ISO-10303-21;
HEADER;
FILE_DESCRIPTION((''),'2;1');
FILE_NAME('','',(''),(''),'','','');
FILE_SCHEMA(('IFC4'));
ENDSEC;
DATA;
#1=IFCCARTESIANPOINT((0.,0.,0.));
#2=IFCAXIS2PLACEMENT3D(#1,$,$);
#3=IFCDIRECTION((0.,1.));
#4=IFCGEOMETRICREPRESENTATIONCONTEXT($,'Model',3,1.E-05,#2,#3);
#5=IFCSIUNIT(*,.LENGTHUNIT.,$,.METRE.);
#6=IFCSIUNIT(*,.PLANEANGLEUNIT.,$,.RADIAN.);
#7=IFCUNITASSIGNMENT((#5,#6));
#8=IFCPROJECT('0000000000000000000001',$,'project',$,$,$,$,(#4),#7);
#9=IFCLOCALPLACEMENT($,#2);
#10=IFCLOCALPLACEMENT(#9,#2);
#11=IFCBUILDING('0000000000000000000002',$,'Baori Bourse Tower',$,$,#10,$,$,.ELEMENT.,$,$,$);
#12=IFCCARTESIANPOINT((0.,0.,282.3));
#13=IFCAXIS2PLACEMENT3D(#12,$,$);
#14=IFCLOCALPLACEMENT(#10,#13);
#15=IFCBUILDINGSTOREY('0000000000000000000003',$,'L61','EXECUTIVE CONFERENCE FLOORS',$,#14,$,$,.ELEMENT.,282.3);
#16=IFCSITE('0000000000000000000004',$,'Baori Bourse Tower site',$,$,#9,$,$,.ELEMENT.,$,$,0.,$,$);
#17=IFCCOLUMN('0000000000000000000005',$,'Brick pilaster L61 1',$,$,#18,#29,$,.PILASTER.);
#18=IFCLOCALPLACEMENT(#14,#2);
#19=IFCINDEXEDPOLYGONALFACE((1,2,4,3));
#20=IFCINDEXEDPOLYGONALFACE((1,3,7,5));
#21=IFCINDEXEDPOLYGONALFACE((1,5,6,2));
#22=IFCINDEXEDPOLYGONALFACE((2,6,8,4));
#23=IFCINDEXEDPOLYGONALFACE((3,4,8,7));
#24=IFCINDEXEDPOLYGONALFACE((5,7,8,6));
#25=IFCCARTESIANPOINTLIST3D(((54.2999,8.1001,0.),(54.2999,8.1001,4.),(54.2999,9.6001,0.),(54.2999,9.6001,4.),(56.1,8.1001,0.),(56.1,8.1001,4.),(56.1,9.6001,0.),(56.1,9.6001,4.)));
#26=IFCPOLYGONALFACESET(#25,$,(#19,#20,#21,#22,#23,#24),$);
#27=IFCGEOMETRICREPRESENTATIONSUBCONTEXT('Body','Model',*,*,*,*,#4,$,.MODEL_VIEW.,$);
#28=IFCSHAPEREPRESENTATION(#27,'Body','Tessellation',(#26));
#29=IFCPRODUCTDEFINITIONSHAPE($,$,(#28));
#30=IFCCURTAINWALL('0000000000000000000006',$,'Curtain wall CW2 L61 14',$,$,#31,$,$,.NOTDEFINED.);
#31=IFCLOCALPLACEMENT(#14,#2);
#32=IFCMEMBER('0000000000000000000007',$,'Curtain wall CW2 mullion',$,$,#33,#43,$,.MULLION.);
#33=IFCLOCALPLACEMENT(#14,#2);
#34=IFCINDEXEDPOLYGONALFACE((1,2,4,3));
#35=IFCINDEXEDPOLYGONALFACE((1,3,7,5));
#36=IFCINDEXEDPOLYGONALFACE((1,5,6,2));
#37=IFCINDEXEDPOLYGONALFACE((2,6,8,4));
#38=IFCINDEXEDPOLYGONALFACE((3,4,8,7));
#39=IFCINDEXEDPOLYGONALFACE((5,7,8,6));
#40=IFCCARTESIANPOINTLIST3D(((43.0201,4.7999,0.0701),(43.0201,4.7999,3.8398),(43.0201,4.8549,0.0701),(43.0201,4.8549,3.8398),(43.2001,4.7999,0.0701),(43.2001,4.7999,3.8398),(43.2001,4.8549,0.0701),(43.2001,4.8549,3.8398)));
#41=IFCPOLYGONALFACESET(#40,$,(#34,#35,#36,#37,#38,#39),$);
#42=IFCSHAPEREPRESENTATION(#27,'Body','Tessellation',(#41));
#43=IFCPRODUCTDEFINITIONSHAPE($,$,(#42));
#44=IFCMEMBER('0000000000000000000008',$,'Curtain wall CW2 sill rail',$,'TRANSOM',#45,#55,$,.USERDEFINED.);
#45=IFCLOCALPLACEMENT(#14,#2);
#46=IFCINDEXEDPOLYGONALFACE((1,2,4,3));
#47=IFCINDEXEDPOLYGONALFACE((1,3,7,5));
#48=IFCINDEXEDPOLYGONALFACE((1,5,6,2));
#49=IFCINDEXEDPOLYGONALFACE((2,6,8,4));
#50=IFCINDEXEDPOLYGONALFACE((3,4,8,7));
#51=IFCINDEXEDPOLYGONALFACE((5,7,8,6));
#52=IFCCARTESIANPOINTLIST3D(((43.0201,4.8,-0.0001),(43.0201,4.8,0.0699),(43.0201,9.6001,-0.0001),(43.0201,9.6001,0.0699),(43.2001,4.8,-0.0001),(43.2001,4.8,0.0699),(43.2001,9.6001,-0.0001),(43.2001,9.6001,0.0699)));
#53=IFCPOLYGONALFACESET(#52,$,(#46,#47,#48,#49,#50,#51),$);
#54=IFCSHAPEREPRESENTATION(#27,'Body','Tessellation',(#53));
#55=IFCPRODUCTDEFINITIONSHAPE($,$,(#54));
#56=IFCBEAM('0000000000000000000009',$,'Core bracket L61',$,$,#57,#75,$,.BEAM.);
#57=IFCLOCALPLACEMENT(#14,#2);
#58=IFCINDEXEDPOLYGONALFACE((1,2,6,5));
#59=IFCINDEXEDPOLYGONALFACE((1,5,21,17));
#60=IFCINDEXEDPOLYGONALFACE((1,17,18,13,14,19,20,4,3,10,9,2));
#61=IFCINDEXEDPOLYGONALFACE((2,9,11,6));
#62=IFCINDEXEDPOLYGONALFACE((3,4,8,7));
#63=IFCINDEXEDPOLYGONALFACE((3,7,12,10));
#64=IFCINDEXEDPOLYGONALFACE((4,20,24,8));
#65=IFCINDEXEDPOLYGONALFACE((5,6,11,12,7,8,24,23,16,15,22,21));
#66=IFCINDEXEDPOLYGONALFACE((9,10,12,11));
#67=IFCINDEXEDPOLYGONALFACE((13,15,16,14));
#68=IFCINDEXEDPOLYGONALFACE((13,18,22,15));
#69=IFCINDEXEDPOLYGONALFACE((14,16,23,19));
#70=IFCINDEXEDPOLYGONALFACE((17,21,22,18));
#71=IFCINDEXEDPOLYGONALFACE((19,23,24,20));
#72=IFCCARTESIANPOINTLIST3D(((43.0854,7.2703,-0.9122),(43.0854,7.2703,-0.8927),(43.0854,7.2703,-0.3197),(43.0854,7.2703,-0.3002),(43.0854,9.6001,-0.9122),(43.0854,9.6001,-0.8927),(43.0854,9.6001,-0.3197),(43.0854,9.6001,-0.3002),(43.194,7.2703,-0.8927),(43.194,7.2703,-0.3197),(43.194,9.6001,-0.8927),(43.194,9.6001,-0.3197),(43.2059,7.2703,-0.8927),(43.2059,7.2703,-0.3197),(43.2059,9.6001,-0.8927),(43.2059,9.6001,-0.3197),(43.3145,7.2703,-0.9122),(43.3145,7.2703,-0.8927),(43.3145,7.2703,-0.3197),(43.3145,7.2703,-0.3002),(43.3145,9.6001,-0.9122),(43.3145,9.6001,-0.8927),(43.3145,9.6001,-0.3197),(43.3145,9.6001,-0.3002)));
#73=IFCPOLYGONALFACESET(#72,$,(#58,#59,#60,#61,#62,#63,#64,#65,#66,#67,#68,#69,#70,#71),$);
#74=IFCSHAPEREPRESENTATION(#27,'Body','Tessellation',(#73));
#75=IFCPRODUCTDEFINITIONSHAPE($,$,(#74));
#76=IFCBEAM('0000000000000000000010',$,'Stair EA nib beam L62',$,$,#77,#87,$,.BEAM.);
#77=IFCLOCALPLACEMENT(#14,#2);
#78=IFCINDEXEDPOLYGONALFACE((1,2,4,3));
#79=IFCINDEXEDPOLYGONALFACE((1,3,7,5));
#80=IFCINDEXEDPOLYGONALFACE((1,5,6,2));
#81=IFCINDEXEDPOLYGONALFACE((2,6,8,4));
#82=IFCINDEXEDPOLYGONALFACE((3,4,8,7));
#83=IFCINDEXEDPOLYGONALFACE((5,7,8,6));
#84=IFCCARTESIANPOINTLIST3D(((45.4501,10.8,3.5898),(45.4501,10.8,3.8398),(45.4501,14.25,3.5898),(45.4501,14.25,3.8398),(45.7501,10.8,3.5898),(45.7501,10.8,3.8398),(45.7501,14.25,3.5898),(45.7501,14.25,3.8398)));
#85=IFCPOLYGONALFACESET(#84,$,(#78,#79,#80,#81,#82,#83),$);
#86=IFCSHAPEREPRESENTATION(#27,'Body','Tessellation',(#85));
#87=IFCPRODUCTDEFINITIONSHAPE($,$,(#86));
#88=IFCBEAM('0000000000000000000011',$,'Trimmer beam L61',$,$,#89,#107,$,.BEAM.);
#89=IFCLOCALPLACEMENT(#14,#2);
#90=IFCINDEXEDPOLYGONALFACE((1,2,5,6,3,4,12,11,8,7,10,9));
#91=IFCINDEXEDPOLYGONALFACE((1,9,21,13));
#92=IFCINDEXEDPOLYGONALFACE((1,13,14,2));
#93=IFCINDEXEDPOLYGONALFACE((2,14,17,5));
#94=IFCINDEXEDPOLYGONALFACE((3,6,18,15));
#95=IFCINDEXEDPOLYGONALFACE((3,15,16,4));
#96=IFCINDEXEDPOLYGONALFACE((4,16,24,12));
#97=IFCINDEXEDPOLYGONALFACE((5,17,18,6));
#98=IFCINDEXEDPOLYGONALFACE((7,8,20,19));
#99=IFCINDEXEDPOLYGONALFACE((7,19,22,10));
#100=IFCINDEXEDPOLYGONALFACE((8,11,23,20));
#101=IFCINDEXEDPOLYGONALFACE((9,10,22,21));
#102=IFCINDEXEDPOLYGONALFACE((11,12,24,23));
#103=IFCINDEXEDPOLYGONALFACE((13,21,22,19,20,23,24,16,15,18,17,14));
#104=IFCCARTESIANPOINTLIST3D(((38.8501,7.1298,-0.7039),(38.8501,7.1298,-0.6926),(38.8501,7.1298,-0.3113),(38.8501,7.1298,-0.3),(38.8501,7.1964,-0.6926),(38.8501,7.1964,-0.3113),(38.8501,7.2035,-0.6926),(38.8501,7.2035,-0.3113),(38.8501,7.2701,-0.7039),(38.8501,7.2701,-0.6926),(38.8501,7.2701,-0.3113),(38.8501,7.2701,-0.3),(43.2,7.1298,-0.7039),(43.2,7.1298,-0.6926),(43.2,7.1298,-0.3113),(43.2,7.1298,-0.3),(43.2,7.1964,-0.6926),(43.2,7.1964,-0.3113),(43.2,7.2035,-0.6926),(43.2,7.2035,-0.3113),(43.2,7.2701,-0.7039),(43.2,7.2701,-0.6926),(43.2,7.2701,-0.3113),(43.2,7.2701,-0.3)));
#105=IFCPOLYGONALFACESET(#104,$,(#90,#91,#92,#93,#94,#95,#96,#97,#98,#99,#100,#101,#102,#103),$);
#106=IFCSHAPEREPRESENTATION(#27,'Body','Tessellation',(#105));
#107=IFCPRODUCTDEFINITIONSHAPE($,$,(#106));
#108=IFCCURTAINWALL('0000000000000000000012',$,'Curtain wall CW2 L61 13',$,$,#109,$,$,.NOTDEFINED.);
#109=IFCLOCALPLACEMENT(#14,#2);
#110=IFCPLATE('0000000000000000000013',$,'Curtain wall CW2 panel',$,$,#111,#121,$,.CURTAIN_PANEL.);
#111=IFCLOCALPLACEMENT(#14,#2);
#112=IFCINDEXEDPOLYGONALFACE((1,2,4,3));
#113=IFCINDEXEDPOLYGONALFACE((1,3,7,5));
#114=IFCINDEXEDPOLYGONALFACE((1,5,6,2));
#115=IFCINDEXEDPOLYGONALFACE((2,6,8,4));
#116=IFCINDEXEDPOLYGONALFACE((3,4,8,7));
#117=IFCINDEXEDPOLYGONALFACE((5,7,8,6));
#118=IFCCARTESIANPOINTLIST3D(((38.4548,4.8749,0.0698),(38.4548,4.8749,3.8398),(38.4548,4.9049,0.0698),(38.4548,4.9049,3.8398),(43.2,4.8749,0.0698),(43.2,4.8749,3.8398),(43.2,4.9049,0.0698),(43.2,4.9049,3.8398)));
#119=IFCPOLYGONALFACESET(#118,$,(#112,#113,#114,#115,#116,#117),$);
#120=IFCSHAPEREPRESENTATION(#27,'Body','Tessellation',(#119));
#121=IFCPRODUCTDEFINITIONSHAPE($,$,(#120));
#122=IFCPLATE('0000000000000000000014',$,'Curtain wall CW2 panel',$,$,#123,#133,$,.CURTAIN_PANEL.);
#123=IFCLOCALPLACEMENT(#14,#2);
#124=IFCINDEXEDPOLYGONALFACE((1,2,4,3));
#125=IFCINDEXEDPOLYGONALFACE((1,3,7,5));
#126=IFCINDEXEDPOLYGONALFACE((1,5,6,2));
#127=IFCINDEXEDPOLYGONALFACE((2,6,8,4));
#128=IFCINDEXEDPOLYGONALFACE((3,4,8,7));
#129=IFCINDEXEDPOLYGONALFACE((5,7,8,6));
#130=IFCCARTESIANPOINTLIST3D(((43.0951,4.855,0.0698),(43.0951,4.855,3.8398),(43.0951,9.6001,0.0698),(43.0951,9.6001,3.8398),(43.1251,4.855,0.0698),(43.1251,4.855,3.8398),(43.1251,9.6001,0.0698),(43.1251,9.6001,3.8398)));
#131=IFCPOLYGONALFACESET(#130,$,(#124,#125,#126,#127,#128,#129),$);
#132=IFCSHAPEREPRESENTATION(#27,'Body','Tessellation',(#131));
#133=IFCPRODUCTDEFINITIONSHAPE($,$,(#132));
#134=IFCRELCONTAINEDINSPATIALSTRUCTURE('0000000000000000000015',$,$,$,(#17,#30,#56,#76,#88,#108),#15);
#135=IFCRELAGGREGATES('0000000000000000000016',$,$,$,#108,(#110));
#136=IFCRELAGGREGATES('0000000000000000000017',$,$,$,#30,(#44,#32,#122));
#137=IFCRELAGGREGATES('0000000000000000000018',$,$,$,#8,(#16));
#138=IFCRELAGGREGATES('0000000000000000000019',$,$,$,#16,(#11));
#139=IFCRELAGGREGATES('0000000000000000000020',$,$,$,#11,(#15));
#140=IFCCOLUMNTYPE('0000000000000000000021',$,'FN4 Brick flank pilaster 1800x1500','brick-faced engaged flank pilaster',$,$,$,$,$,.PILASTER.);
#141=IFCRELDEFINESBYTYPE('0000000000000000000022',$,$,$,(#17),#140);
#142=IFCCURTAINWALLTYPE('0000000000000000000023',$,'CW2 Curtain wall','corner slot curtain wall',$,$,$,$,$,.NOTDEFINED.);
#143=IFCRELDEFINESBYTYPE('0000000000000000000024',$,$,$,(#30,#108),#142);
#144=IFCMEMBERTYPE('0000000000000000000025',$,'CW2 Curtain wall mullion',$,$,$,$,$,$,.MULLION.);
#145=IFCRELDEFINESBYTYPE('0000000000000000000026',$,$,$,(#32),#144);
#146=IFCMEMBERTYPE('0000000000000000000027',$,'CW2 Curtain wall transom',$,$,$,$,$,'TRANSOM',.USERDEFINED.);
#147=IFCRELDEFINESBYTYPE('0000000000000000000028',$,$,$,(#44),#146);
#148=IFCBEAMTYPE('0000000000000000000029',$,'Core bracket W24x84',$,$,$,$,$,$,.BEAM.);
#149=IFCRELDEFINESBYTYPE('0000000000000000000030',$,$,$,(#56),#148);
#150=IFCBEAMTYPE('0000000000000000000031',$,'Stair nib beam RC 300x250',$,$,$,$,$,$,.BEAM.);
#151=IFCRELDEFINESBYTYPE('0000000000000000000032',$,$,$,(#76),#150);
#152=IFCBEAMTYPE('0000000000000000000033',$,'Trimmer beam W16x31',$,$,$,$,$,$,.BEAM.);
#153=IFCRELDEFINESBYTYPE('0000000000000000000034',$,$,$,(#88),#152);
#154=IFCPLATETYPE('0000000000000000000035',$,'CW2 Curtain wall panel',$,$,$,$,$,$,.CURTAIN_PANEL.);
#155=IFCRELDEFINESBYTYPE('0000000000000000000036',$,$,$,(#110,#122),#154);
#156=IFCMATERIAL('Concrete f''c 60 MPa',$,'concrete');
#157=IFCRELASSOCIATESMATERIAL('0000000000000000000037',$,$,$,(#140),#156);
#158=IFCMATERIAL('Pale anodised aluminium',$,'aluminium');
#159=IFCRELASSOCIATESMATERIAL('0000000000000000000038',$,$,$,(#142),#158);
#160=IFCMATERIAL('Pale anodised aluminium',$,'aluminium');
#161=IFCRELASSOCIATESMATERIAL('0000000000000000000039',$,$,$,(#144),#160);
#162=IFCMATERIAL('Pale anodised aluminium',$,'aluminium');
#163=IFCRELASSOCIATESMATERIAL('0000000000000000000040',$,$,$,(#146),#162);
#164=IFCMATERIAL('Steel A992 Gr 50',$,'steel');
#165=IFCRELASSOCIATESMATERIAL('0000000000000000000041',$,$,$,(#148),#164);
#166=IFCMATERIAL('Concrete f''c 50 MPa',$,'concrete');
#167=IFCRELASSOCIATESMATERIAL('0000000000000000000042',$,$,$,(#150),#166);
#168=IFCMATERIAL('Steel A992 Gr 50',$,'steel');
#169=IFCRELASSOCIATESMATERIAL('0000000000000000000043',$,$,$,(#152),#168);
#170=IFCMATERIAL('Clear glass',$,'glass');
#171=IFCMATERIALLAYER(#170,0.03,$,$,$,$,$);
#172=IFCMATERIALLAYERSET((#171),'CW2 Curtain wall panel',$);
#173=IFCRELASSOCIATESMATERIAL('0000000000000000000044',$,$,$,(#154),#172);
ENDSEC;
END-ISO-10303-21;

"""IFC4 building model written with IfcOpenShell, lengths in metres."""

from ifc_helpers import new_model, si_unit, direction, frame, origin, origin_2d, place, context, subcontext, project, spatial, rectangle, i_section, extrude, material, layer, layer_set, material_profile, profile_set, type_object, element, aggregate, save


model = new_model("IFC4")

# Units and contexts
model_context = context("Model", 3, precision=1e-05, world=origin(), true_north=direction((0.0, 1.0)))
body_context = subcontext(model_context, "Body", "Model", "MODEL_VIEW")
ifc_project = project(units=[si_unit("LENGTHUNIT", "METRE"), si_unit("PLANEANGLEUNIT", "RADIAN")], contexts=[model_context])

# Site, building, storey
site_placement = place(None, origin())
site = spatial("IfcSite", under=ifc_project, at=site_placement, Name="Baori Bourse Tower site", CompositionType="ELEMENT", RefElevation=0.0)
building_placement = place(site_placement, origin())
building = spatial("IfcBuilding", under=site, at=building_placement, Name="Baori Bourse Tower", CompositionType="ELEMENT")
storey_placement = place(building_placement, frame((0.0, 0.0, 282.3)))
storey = spatial("IfcBuildingStorey", under=building, at=storey_placement, Name="L61", Description="EXECUTIVE CONFERENCE FLOORS", CompositionType="ELEMENT", Elevation=282.3)

# Column
ifc_material_1 = material(Name="Concrete f'c 60 MPa", Category="concrete")
ifc_material_profile_1 = material_profile(ifc_material_1, rectangle(XDim=1.8, YDim=1.5, at=origin_2d()), Name="RC 1800x1500")
ifc_profile_set_1 = profile_set([ifc_material_profile_1], Name="Concrete f'c 60 MPa")
column_type = type_object("IfcColumnType", Name="FN4 Brick flank pilaster 1800x1500", Description="brick-faced engaged flank pilaster", PredefinedType="PILASTER", material=ifc_profile_set_1)
column_placement = place(storey_placement, frame((55.2, 8.8501, 0.0), z_axis=(0.0, 0.0, 1.0), x_axis=(1.0, 0.0, 0.0)))
element("IfcColumn", 1, at=column_placement, inside=storey, type_object=column_type, Name="Brick pilaster L61 1", PredefinedType="PILASTER", context=body_context, shape_type="SweptSolid", body=[
    extrude(rectangle(XDim=1.8, YDim=1.5, at=origin_2d()), origin(), (0.0, 0.0, 1.0), 4.0),
])

# Curtain wall, members
ifc_material_2 = material(Name="Pale anodised aluminium", Category="aluminium")
curtain_wall_type = type_object("IfcCurtainWallType", Name="CW2 Curtain wall", Description="corner slot curtain wall", PredefinedType="NOTDEFINED", material=ifc_material_2)
curtain_wall_1_placement = place(storey_placement, origin())
curtain_wall_1 = element("IfcCurtainWall", 2, at=curtain_wall_1_placement, inside=storey, type_object=curtain_wall_type, Name="Curtain wall CW2 L61 14", PredefinedType="NOTDEFINED")
ifc_material_3 = material(Name="Pale anodised aluminium", Category="aluminium")
ifc_material_profile_2 = material_profile(ifc_material_3, rectangle(XDim=0.1799, YDim=0.0549, at=origin_2d()), Name="Mullion 55x180")
ifc_profile_set_2 = profile_set([ifc_material_profile_2], Name="Pale anodised aluminium")
member_type_1 = type_object("IfcMemberType", Name="CW2 Curtain wall mullion", PredefinedType="MULLION", material=ifc_profile_set_2)
member_1_placement = place(storey_placement, frame((43.1101, 4.8274, 0.0701), z_axis=(0.0, 0.0, 1.0), x_axis=(-1.0, 0.0, 0.0)))
member_1 = element("IfcMember", 3, at=member_1_placement, type_object=member_type_1, Name="Curtain wall CW2 mullion", PredefinedType="MULLION", context=body_context, shape_type="SweptSolid", body=[
    extrude(rectangle(XDim=0.1799, YDim=0.0549, at=origin_2d()), origin(), (0.0, 0.0, 1.0), 3.7698),
])
ifc_material_4 = material(Name="Pale anodised aluminium", Category="aluminium")
ifc_material_profile_3 = material_profile(ifc_material_4, rectangle(XDim=0.1799, YDim=0.0701, at=origin_2d()), Name="Transom 70x180")
ifc_profile_set_3 = profile_set([ifc_material_profile_3], Name="Pale anodised aluminium")
member_type_2 = type_object("IfcMemberType", Name="CW2 Curtain wall transom", ElementType="TRANSOM", PredefinedType="USERDEFINED", material=ifc_profile_set_3)
member_2_placement = place(storey_placement, frame((43.1101, 4.8, 0.0349), z_axis=(0.0, 1.0, 0.0), x_axis=(-1.0, 0.0, 0.0)))
member_2 = element("IfcMember", 4, at=member_2_placement, type_object=member_type_2, Name="Curtain wall CW2 sill rail", ObjectType="TRANSOM", PredefinedType="USERDEFINED", context=body_context, shape_type="SweptSolid", body=[
    extrude(rectangle(XDim=0.1799, YDim=0.0701, at=origin_2d()), origin(), (0.0, 0.0, 1.0), 4.8),
])

# Beams
ifc_material_5 = material(Name="Steel A992 Gr 50", Category="steel")
ifc_material_profile_4 = material_profile(ifc_material_5, i_section(OverallWidth=0.229, OverallDepth=0.6121, WebThickness=0.012, FlangeThickness=0.0195, at=origin_2d()), Name="W24x84")
ifc_profile_set_4 = profile_set([ifc_material_profile_4], Name="Steel A992 Gr 50")
beam_type_1 = type_object("IfcBeamType", Name="Core bracket W24x84", PredefinedType="BEAM", material=ifc_profile_set_4)
beam_1_placement = place(storey_placement, frame((43.2, 7.2703, -0.6062), z_axis=(0.0, 1.0, 0.0), x_axis=(-1.0, 0.0, 0.0)))
element("IfcBeam", 5, at=beam_1_placement, inside=storey, type_object=beam_type_1, Name="Core bracket L61", PredefinedType="BEAM", context=body_context, shape_type="SweptSolid", body=[
    extrude(i_section(OverallWidth=0.229, OverallDepth=0.6121, WebThickness=0.012, FlangeThickness=0.0195, at=origin_2d()), origin(), (0.0, 0.0, 1.0), 2.3298),
])
ifc_material_6 = material(Name="Concrete f'c 50 MPa", Category="concrete")
ifc_material_profile_5 = material_profile(ifc_material_6, rectangle(XDim=0.3, YDim=0.25, at=origin_2d()), Name="RC 300x250")
ifc_profile_set_5 = profile_set([ifc_material_profile_5], Name="Concrete f'c 50 MPa")
beam_type_2 = type_object("IfcBeamType", Name="Stair nib beam RC 300x250", PredefinedType="BEAM", material=ifc_profile_set_5)
beam_2_placement = place(storey_placement, frame((45.6001, 10.8, 3.7148), z_axis=(0.0, 1.0, 0.0), x_axis=(-1.0, 0.0, 0.0)))
element("IfcBeam", 6, at=beam_2_placement, inside=storey, type_object=beam_type_2, Name="Stair EA nib beam L62", PredefinedType="BEAM", context=body_context, shape_type="SweptSolid", body=[
    extrude(rectangle(XDim=0.3, YDim=0.25, at=origin_2d()), origin(), (0.0, 0.0, 1.0), 3.45),
])
ifc_material_7 = material(Name="Steel A992 Gr 50", Category="steel")
ifc_material_profile_6 = material_profile(ifc_material_7, i_section(OverallWidth=0.1404, OverallDepth=0.4038, WebThickness=0.0071, FlangeThickness=0.0112, at=origin_2d()), Name="W16x31")
ifc_profile_set_6 = profile_set([ifc_material_profile_6], Name="Steel A992 Gr 50")
beam_type_3 = type_object("IfcBeamType", Name="Trimmer beam W16x31", PredefinedType="BEAM", material=ifc_profile_set_6)
beam_3_placement = place(storey_placement, frame((38.8501, 7.2, -0.502), z_axis=(1.0, 0.0, 0.0), x_axis=(0.0, 1.0, 0.0)))
element("IfcBeam", 7, at=beam_3_placement, inside=storey, type_object=beam_type_3, Name="Trimmer beam L61", PredefinedType="BEAM", context=body_context, shape_type="SweptSolid", body=[
    extrude(i_section(OverallWidth=0.1404, OverallDepth=0.4038, WebThickness=0.0071, FlangeThickness=0.0112, at=origin_2d()), origin(), (0.0, 0.0, 1.0), 4.3499),
])

# Curtain wall, plate
curtain_wall_2_placement = place(storey_placement, origin())
curtain_wall_2 = element("IfcCurtainWall", 8, at=curtain_wall_2_placement, inside=storey, type_object=curtain_wall_type, Name="Curtain wall CW2 L61 13", PredefinedType="NOTDEFINED")
ifc_material_8 = material(Name="Clear glass", Category="glass")
ifc_layer_1 = layer(ifc_material_8, 0.03)
ifc_layer_set_1 = layer_set([ifc_layer_1], Name="CW2 Curtain wall panel")
plate_type = type_object("IfcPlateType", Name="CW2 Curtain wall panel", PredefinedType="CURTAIN_PANEL", material=ifc_layer_set_1)
plate_1_placement = place(storey_placement, frame((40.8274, 4.8899, 0.0698), z_axis=(0.0, 0.0, 1.0), x_axis=(1.0, 0.0, 0.0)))
plate_1 = element("IfcPlate", 9, at=plate_1_placement, type_object=plate_type, Name="Curtain wall CW2 panel", PredefinedType="CURTAIN_PANEL", context=body_context, shape_type="SweptSolid", body=[
    extrude(rectangle(XDim=4.7451, YDim=0.03, at=origin_2d()), origin(), (0.0, 0.0, 1.0), 3.77),
])
aggregate(curtain_wall_2, [plate_1])

# Plate
plate_2_placement = place(storey_placement, frame((43.1101, 7.2275, 0.0698), z_axis=(0.0, 0.0, 1.0), x_axis=(0.0, 1.0, 0.0)))
plate_2 = element("IfcPlate", 10, at=plate_2_placement, type_object=plate_type, Name="Curtain wall CW2 panel", PredefinedType="CURTAIN_PANEL", context=body_context, shape_type="SweptSolid", body=[
    extrude(rectangle(XDim=4.7451, YDim=0.03, at=origin_2d()), origin(), (0.0, 0.0, 1.0), 3.77),
])
aggregate(curtain_wall_1, [member_2, member_1, plate_2])

save(model, "model.ifc")
